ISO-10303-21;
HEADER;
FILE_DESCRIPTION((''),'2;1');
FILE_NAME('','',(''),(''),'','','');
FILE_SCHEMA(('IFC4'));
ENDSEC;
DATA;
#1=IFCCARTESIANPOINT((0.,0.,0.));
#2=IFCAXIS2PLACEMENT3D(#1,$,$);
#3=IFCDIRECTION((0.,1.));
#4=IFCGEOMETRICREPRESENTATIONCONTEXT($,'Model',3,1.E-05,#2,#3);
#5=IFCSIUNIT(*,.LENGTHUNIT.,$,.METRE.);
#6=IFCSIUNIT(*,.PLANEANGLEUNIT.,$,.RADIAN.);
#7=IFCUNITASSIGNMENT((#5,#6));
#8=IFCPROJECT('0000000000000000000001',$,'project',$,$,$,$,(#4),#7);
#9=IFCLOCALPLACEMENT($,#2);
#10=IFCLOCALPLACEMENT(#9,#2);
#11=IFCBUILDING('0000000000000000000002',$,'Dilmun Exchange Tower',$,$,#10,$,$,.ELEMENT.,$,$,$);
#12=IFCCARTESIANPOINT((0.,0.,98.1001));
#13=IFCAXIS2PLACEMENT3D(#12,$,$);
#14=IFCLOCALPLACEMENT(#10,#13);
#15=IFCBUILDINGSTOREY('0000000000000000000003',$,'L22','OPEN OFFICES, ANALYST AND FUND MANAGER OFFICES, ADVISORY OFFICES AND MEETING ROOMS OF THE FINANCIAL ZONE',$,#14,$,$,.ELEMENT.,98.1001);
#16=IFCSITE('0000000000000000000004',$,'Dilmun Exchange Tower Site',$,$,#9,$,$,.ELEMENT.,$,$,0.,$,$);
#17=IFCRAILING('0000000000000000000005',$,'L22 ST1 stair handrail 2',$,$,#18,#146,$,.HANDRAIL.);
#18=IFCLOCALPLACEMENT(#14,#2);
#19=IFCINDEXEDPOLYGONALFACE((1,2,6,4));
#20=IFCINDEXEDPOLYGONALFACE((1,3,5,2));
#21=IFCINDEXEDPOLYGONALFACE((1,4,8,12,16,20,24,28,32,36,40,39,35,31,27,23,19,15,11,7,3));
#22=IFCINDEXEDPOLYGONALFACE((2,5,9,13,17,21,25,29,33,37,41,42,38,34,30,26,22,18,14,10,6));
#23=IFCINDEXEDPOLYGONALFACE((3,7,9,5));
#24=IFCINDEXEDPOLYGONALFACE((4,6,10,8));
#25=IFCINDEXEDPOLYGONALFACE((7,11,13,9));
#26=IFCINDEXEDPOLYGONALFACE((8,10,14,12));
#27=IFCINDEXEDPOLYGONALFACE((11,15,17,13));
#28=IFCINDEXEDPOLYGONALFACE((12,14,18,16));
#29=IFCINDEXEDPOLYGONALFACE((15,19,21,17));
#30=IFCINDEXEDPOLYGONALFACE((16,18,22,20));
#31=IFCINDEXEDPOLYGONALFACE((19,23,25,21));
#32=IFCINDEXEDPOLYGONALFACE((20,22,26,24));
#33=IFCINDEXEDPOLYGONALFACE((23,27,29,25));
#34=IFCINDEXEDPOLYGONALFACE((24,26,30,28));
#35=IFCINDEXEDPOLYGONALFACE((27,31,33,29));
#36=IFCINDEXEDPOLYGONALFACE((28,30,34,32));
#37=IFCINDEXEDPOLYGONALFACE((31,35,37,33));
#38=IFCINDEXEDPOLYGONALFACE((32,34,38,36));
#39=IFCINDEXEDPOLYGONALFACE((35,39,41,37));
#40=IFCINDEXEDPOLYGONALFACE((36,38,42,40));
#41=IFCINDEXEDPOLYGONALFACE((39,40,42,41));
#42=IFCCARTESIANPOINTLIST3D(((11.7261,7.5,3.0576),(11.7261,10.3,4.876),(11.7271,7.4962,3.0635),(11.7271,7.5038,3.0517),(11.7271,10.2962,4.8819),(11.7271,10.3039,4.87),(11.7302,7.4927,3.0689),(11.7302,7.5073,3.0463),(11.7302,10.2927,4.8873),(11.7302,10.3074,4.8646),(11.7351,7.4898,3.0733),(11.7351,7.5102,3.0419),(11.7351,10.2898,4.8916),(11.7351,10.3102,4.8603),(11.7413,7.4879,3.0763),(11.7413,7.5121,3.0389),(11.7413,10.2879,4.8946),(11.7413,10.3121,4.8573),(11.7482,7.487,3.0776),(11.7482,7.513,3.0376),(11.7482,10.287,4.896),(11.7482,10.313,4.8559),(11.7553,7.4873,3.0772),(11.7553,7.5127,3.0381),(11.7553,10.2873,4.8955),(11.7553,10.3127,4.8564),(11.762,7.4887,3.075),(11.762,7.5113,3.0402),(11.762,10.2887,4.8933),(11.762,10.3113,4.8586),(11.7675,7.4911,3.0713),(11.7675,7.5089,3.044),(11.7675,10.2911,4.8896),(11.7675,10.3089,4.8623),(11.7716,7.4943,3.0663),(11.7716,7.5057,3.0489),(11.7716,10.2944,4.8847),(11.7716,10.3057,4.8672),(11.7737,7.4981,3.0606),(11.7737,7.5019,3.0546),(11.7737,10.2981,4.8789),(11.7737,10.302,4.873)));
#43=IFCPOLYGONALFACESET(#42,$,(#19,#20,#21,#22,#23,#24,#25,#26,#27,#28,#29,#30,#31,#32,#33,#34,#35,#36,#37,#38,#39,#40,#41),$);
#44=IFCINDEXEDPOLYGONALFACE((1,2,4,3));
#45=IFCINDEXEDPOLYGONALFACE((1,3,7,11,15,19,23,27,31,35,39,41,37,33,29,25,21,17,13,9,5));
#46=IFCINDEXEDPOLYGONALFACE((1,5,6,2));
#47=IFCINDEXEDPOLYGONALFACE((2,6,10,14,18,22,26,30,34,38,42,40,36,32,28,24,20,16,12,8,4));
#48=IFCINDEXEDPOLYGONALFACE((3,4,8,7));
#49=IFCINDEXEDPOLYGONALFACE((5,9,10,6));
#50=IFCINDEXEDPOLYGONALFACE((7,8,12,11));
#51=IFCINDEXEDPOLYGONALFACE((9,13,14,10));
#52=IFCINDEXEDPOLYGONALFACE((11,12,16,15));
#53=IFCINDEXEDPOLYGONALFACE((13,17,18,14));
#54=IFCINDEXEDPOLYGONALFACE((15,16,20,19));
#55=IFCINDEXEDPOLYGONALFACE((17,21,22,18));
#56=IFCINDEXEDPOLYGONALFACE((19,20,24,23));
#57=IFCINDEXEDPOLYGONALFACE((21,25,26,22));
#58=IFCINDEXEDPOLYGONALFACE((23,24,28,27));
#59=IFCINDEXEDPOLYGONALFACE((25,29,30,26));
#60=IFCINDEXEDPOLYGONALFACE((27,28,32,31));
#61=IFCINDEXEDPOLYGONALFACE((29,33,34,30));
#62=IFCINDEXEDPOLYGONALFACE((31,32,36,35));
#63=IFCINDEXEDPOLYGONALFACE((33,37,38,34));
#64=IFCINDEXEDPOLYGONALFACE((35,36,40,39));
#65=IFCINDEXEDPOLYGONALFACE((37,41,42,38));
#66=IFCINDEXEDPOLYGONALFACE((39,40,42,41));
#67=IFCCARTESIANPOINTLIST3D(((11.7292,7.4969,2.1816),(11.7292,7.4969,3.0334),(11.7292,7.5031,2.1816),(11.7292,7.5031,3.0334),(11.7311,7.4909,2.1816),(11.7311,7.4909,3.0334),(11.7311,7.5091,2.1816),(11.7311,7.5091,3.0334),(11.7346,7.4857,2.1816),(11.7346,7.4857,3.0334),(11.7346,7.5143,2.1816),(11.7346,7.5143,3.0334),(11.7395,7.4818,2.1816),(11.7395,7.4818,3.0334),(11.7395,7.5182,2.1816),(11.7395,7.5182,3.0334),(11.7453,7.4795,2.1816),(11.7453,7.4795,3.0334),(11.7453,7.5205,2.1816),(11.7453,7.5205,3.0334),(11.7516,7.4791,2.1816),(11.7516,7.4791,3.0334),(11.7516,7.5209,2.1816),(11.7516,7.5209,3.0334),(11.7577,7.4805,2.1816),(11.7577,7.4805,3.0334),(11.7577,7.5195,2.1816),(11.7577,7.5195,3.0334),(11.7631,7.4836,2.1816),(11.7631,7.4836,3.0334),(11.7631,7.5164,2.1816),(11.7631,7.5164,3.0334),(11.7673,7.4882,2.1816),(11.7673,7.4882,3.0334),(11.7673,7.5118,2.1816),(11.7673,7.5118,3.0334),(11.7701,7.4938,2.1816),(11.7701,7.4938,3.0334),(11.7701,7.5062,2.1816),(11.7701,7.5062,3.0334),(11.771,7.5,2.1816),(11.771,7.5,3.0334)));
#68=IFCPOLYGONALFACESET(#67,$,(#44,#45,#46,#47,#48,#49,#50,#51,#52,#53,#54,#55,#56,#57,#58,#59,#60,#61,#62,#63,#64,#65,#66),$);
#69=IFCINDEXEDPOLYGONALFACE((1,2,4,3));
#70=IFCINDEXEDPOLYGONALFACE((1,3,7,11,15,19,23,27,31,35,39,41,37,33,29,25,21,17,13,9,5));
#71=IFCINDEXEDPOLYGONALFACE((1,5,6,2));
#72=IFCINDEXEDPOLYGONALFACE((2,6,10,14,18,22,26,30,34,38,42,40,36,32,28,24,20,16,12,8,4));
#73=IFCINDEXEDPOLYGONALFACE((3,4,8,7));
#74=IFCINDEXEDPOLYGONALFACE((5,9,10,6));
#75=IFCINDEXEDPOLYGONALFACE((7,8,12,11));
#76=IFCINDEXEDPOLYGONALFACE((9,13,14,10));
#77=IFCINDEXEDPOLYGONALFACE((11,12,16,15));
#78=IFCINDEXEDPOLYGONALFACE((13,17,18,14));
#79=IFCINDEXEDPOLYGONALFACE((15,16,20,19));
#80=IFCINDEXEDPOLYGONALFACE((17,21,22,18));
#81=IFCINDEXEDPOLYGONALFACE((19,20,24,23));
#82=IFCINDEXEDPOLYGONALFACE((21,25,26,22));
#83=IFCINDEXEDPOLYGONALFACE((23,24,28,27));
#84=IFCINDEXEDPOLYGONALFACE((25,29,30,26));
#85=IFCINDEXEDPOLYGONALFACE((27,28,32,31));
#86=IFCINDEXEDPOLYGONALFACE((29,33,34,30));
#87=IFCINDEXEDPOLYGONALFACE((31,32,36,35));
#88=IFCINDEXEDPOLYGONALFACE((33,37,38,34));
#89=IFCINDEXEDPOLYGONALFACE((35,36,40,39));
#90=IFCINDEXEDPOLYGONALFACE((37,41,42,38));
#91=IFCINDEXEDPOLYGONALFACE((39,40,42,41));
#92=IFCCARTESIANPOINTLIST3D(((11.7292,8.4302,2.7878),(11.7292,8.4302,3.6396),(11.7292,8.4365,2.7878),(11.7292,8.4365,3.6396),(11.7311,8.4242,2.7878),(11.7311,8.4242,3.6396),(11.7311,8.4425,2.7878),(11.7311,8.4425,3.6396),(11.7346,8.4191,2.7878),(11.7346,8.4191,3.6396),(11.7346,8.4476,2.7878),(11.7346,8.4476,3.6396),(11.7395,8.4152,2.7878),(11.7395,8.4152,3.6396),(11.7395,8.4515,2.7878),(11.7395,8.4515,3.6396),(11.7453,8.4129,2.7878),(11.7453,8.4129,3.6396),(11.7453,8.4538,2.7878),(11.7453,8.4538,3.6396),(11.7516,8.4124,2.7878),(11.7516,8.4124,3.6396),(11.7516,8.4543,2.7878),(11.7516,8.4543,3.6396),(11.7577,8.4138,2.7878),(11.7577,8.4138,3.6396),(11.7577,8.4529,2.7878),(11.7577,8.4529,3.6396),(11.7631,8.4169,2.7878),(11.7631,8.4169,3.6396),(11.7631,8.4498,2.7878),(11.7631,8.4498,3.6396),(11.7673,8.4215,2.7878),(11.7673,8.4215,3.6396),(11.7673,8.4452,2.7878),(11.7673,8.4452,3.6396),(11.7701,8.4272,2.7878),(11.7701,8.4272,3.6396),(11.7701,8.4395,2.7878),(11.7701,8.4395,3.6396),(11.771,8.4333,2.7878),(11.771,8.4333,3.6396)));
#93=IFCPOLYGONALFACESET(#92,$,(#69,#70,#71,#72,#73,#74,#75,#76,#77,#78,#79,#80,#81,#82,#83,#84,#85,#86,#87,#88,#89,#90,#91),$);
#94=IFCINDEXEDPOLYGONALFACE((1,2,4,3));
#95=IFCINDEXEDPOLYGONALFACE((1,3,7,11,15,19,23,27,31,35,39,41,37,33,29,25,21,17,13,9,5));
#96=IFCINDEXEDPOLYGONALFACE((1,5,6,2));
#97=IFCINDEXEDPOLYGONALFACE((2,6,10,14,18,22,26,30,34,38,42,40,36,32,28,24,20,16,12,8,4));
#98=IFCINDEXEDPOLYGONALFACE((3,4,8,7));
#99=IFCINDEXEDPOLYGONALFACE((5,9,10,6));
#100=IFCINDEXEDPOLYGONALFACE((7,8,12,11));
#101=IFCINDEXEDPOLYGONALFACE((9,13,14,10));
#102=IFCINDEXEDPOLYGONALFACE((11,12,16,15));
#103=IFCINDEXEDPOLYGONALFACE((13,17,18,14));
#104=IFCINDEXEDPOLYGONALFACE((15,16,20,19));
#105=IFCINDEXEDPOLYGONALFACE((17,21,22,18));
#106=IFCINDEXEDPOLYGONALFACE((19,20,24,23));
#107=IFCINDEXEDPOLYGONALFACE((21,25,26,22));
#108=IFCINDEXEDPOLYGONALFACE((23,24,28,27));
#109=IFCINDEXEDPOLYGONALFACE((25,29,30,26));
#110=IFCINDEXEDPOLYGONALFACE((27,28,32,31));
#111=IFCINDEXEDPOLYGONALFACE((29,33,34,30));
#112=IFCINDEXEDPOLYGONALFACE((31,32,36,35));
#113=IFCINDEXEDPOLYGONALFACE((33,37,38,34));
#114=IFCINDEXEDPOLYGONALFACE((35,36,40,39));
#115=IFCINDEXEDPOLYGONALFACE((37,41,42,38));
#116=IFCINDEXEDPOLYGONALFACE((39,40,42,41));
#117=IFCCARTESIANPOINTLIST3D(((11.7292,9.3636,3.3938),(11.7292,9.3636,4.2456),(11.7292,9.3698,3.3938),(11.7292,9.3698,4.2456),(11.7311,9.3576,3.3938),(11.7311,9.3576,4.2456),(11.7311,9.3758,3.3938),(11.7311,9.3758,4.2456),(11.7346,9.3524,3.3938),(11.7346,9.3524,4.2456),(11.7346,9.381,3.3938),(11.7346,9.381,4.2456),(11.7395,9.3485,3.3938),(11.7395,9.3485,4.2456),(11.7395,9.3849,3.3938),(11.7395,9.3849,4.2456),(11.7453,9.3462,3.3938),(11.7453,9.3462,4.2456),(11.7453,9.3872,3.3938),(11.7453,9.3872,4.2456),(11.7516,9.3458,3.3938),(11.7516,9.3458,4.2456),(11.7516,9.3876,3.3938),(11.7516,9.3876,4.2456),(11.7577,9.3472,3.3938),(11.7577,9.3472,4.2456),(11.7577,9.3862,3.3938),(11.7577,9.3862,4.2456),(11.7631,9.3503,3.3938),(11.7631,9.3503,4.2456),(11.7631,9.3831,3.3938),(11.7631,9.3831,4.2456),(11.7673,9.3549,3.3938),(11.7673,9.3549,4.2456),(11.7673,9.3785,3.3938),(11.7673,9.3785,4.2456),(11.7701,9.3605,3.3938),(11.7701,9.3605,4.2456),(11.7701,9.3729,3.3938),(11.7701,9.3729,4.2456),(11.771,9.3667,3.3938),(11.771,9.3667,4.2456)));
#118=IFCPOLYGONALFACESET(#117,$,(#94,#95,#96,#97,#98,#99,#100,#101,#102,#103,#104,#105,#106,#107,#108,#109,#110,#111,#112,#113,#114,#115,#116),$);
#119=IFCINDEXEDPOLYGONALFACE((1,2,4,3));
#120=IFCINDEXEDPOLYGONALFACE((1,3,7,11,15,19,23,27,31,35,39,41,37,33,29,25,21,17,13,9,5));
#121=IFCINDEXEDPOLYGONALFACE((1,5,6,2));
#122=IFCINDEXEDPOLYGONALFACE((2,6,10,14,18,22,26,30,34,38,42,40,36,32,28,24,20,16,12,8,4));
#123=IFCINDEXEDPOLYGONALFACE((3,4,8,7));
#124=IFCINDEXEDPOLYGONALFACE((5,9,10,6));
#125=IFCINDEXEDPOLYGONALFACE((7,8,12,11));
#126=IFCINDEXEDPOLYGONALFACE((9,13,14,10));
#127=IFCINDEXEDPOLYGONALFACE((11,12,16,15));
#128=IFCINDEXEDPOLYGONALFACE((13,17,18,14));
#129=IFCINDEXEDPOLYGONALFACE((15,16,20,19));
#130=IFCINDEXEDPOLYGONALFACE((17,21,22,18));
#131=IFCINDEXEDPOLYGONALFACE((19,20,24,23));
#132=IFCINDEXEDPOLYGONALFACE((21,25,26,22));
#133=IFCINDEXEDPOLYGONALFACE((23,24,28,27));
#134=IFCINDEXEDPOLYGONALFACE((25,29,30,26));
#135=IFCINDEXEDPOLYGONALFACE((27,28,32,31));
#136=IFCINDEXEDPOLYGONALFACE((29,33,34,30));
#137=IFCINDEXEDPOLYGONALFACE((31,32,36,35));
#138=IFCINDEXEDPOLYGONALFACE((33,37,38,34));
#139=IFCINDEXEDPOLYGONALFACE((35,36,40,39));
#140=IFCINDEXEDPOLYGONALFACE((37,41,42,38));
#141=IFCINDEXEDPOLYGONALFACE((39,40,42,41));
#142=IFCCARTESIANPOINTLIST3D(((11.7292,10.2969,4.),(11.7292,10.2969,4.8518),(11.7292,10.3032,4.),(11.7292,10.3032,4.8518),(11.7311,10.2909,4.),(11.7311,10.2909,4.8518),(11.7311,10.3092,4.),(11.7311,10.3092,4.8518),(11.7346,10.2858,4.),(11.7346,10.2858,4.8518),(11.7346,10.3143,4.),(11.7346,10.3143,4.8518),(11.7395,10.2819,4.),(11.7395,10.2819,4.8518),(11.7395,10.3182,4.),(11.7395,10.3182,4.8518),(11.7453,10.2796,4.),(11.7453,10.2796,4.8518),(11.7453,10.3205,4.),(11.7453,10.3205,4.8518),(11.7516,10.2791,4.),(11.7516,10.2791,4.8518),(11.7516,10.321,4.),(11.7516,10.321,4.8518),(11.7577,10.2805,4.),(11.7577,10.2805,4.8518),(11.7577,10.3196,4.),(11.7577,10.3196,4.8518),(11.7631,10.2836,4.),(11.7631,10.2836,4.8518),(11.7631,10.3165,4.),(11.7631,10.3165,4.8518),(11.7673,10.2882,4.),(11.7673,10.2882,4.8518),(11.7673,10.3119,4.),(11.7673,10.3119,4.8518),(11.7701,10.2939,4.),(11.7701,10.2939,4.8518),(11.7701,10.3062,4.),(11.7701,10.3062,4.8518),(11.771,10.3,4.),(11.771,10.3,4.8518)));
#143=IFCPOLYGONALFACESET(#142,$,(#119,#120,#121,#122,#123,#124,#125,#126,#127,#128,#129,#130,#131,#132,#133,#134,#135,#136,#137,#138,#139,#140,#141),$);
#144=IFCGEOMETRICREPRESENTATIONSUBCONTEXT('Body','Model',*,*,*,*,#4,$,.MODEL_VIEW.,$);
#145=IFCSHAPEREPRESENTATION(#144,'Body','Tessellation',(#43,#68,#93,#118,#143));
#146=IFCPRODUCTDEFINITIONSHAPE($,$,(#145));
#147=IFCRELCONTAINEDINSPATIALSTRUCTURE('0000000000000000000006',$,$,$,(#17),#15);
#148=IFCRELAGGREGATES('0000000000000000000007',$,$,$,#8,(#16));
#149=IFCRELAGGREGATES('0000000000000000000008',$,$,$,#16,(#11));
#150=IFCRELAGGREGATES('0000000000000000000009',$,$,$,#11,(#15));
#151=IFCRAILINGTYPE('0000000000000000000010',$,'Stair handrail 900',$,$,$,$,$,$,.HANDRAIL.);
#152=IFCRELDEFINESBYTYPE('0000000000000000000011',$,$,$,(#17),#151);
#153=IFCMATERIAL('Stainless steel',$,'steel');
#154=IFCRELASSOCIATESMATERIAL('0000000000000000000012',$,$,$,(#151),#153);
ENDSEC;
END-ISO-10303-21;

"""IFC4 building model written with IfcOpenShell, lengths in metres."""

from ifc_helpers import new_model, si_unit, direction, frame, origin, origin_2d, place, context, subcontext, project, spatial, circle, extrude, material, type_object, element, save


model = new_model("IFC4")

# Units and contexts
model_context = context("Model", 3, precision=1e-05, world=origin(), true_north=direction((0.0, 1.0)))
body_context = subcontext(model_context, "Body", "Model", "MODEL_VIEW")
ifc_project = project(units=[si_unit("LENGTHUNIT", "METRE"), si_unit("PLANEANGLEUNIT", "RADIAN")], contexts=[model_context])

# Site, building, storey
site_placement = place(None, origin())
site = spatial("IfcSite", under=ifc_project, at=site_placement, Name="Dilmun Exchange Tower Site", CompositionType="ELEMENT", RefElevation=0.0)
building_placement = place(site_placement, origin())
building = spatial("IfcBuilding", under=site, at=building_placement, Name="Dilmun Exchange Tower", CompositionType="ELEMENT")
storey_placement = place(building_placement, frame((0.0, 0.0, 98.1001)))
storey = spatial("IfcBuildingStorey", under=building, at=storey_placement, Name="L22", Description="OPEN OFFICES, ANALYST AND FUND MANAGER OFFICES, ADVISORY OFFICES AND MEETING ROOMS OF THE FINANCIAL ZONE", CompositionType="ELEMENT", Elevation=98.1001)

# Railing
ifc_material_1 = material(Name="Stainless steel", Category="steel")
railing_type = type_object("IfcRailingType", Name="Stair handrail 900", PredefinedType="HANDRAIL", material=ifc_material_1)
railing_1_placement = place(storey_placement, frame((11.75, 7.5, 2.1816)))
element("IfcRailing", 1, at=railing_1_placement, inside=storey, type_object=railing_type, Name="L22 ST1 stair handrail 2", PredefinedType="HANDRAIL", context=body_context, shape_type="SweptSolid", body=[
    extrude(circle(Radius=0.0239, at=origin_2d()), frame((0.0, 0.0, 0.876), z_axis=(0.0, 0.838672, 0.544636), x_axis=(-1.0, 0.0, 0.0)), (0.0, 0.0, 1.0), 3.3386),
    extrude(circle(Radius=0.021, at=origin_2d()), origin(), (0.0, 0.0, 1.0), 0.8518),
    extrude(circle(Radius=0.021, at=origin_2d()), frame((0.0, 0.9333, 0.6062)), (0.0, 0.0, 1.0), 0.8518),
    extrude(circle(Radius=0.021, at=origin_2d()), frame((0.0, 1.8667, 1.2122)), (0.0, 0.0, 1.0), 0.8518),
    extrude(circle(Radius=0.021, at=origin_2d()), frame((0.0, 2.8, 1.8184)), (0.0, 0.0, 1.0), 0.8518),
])

save(model, "model.ifc")
